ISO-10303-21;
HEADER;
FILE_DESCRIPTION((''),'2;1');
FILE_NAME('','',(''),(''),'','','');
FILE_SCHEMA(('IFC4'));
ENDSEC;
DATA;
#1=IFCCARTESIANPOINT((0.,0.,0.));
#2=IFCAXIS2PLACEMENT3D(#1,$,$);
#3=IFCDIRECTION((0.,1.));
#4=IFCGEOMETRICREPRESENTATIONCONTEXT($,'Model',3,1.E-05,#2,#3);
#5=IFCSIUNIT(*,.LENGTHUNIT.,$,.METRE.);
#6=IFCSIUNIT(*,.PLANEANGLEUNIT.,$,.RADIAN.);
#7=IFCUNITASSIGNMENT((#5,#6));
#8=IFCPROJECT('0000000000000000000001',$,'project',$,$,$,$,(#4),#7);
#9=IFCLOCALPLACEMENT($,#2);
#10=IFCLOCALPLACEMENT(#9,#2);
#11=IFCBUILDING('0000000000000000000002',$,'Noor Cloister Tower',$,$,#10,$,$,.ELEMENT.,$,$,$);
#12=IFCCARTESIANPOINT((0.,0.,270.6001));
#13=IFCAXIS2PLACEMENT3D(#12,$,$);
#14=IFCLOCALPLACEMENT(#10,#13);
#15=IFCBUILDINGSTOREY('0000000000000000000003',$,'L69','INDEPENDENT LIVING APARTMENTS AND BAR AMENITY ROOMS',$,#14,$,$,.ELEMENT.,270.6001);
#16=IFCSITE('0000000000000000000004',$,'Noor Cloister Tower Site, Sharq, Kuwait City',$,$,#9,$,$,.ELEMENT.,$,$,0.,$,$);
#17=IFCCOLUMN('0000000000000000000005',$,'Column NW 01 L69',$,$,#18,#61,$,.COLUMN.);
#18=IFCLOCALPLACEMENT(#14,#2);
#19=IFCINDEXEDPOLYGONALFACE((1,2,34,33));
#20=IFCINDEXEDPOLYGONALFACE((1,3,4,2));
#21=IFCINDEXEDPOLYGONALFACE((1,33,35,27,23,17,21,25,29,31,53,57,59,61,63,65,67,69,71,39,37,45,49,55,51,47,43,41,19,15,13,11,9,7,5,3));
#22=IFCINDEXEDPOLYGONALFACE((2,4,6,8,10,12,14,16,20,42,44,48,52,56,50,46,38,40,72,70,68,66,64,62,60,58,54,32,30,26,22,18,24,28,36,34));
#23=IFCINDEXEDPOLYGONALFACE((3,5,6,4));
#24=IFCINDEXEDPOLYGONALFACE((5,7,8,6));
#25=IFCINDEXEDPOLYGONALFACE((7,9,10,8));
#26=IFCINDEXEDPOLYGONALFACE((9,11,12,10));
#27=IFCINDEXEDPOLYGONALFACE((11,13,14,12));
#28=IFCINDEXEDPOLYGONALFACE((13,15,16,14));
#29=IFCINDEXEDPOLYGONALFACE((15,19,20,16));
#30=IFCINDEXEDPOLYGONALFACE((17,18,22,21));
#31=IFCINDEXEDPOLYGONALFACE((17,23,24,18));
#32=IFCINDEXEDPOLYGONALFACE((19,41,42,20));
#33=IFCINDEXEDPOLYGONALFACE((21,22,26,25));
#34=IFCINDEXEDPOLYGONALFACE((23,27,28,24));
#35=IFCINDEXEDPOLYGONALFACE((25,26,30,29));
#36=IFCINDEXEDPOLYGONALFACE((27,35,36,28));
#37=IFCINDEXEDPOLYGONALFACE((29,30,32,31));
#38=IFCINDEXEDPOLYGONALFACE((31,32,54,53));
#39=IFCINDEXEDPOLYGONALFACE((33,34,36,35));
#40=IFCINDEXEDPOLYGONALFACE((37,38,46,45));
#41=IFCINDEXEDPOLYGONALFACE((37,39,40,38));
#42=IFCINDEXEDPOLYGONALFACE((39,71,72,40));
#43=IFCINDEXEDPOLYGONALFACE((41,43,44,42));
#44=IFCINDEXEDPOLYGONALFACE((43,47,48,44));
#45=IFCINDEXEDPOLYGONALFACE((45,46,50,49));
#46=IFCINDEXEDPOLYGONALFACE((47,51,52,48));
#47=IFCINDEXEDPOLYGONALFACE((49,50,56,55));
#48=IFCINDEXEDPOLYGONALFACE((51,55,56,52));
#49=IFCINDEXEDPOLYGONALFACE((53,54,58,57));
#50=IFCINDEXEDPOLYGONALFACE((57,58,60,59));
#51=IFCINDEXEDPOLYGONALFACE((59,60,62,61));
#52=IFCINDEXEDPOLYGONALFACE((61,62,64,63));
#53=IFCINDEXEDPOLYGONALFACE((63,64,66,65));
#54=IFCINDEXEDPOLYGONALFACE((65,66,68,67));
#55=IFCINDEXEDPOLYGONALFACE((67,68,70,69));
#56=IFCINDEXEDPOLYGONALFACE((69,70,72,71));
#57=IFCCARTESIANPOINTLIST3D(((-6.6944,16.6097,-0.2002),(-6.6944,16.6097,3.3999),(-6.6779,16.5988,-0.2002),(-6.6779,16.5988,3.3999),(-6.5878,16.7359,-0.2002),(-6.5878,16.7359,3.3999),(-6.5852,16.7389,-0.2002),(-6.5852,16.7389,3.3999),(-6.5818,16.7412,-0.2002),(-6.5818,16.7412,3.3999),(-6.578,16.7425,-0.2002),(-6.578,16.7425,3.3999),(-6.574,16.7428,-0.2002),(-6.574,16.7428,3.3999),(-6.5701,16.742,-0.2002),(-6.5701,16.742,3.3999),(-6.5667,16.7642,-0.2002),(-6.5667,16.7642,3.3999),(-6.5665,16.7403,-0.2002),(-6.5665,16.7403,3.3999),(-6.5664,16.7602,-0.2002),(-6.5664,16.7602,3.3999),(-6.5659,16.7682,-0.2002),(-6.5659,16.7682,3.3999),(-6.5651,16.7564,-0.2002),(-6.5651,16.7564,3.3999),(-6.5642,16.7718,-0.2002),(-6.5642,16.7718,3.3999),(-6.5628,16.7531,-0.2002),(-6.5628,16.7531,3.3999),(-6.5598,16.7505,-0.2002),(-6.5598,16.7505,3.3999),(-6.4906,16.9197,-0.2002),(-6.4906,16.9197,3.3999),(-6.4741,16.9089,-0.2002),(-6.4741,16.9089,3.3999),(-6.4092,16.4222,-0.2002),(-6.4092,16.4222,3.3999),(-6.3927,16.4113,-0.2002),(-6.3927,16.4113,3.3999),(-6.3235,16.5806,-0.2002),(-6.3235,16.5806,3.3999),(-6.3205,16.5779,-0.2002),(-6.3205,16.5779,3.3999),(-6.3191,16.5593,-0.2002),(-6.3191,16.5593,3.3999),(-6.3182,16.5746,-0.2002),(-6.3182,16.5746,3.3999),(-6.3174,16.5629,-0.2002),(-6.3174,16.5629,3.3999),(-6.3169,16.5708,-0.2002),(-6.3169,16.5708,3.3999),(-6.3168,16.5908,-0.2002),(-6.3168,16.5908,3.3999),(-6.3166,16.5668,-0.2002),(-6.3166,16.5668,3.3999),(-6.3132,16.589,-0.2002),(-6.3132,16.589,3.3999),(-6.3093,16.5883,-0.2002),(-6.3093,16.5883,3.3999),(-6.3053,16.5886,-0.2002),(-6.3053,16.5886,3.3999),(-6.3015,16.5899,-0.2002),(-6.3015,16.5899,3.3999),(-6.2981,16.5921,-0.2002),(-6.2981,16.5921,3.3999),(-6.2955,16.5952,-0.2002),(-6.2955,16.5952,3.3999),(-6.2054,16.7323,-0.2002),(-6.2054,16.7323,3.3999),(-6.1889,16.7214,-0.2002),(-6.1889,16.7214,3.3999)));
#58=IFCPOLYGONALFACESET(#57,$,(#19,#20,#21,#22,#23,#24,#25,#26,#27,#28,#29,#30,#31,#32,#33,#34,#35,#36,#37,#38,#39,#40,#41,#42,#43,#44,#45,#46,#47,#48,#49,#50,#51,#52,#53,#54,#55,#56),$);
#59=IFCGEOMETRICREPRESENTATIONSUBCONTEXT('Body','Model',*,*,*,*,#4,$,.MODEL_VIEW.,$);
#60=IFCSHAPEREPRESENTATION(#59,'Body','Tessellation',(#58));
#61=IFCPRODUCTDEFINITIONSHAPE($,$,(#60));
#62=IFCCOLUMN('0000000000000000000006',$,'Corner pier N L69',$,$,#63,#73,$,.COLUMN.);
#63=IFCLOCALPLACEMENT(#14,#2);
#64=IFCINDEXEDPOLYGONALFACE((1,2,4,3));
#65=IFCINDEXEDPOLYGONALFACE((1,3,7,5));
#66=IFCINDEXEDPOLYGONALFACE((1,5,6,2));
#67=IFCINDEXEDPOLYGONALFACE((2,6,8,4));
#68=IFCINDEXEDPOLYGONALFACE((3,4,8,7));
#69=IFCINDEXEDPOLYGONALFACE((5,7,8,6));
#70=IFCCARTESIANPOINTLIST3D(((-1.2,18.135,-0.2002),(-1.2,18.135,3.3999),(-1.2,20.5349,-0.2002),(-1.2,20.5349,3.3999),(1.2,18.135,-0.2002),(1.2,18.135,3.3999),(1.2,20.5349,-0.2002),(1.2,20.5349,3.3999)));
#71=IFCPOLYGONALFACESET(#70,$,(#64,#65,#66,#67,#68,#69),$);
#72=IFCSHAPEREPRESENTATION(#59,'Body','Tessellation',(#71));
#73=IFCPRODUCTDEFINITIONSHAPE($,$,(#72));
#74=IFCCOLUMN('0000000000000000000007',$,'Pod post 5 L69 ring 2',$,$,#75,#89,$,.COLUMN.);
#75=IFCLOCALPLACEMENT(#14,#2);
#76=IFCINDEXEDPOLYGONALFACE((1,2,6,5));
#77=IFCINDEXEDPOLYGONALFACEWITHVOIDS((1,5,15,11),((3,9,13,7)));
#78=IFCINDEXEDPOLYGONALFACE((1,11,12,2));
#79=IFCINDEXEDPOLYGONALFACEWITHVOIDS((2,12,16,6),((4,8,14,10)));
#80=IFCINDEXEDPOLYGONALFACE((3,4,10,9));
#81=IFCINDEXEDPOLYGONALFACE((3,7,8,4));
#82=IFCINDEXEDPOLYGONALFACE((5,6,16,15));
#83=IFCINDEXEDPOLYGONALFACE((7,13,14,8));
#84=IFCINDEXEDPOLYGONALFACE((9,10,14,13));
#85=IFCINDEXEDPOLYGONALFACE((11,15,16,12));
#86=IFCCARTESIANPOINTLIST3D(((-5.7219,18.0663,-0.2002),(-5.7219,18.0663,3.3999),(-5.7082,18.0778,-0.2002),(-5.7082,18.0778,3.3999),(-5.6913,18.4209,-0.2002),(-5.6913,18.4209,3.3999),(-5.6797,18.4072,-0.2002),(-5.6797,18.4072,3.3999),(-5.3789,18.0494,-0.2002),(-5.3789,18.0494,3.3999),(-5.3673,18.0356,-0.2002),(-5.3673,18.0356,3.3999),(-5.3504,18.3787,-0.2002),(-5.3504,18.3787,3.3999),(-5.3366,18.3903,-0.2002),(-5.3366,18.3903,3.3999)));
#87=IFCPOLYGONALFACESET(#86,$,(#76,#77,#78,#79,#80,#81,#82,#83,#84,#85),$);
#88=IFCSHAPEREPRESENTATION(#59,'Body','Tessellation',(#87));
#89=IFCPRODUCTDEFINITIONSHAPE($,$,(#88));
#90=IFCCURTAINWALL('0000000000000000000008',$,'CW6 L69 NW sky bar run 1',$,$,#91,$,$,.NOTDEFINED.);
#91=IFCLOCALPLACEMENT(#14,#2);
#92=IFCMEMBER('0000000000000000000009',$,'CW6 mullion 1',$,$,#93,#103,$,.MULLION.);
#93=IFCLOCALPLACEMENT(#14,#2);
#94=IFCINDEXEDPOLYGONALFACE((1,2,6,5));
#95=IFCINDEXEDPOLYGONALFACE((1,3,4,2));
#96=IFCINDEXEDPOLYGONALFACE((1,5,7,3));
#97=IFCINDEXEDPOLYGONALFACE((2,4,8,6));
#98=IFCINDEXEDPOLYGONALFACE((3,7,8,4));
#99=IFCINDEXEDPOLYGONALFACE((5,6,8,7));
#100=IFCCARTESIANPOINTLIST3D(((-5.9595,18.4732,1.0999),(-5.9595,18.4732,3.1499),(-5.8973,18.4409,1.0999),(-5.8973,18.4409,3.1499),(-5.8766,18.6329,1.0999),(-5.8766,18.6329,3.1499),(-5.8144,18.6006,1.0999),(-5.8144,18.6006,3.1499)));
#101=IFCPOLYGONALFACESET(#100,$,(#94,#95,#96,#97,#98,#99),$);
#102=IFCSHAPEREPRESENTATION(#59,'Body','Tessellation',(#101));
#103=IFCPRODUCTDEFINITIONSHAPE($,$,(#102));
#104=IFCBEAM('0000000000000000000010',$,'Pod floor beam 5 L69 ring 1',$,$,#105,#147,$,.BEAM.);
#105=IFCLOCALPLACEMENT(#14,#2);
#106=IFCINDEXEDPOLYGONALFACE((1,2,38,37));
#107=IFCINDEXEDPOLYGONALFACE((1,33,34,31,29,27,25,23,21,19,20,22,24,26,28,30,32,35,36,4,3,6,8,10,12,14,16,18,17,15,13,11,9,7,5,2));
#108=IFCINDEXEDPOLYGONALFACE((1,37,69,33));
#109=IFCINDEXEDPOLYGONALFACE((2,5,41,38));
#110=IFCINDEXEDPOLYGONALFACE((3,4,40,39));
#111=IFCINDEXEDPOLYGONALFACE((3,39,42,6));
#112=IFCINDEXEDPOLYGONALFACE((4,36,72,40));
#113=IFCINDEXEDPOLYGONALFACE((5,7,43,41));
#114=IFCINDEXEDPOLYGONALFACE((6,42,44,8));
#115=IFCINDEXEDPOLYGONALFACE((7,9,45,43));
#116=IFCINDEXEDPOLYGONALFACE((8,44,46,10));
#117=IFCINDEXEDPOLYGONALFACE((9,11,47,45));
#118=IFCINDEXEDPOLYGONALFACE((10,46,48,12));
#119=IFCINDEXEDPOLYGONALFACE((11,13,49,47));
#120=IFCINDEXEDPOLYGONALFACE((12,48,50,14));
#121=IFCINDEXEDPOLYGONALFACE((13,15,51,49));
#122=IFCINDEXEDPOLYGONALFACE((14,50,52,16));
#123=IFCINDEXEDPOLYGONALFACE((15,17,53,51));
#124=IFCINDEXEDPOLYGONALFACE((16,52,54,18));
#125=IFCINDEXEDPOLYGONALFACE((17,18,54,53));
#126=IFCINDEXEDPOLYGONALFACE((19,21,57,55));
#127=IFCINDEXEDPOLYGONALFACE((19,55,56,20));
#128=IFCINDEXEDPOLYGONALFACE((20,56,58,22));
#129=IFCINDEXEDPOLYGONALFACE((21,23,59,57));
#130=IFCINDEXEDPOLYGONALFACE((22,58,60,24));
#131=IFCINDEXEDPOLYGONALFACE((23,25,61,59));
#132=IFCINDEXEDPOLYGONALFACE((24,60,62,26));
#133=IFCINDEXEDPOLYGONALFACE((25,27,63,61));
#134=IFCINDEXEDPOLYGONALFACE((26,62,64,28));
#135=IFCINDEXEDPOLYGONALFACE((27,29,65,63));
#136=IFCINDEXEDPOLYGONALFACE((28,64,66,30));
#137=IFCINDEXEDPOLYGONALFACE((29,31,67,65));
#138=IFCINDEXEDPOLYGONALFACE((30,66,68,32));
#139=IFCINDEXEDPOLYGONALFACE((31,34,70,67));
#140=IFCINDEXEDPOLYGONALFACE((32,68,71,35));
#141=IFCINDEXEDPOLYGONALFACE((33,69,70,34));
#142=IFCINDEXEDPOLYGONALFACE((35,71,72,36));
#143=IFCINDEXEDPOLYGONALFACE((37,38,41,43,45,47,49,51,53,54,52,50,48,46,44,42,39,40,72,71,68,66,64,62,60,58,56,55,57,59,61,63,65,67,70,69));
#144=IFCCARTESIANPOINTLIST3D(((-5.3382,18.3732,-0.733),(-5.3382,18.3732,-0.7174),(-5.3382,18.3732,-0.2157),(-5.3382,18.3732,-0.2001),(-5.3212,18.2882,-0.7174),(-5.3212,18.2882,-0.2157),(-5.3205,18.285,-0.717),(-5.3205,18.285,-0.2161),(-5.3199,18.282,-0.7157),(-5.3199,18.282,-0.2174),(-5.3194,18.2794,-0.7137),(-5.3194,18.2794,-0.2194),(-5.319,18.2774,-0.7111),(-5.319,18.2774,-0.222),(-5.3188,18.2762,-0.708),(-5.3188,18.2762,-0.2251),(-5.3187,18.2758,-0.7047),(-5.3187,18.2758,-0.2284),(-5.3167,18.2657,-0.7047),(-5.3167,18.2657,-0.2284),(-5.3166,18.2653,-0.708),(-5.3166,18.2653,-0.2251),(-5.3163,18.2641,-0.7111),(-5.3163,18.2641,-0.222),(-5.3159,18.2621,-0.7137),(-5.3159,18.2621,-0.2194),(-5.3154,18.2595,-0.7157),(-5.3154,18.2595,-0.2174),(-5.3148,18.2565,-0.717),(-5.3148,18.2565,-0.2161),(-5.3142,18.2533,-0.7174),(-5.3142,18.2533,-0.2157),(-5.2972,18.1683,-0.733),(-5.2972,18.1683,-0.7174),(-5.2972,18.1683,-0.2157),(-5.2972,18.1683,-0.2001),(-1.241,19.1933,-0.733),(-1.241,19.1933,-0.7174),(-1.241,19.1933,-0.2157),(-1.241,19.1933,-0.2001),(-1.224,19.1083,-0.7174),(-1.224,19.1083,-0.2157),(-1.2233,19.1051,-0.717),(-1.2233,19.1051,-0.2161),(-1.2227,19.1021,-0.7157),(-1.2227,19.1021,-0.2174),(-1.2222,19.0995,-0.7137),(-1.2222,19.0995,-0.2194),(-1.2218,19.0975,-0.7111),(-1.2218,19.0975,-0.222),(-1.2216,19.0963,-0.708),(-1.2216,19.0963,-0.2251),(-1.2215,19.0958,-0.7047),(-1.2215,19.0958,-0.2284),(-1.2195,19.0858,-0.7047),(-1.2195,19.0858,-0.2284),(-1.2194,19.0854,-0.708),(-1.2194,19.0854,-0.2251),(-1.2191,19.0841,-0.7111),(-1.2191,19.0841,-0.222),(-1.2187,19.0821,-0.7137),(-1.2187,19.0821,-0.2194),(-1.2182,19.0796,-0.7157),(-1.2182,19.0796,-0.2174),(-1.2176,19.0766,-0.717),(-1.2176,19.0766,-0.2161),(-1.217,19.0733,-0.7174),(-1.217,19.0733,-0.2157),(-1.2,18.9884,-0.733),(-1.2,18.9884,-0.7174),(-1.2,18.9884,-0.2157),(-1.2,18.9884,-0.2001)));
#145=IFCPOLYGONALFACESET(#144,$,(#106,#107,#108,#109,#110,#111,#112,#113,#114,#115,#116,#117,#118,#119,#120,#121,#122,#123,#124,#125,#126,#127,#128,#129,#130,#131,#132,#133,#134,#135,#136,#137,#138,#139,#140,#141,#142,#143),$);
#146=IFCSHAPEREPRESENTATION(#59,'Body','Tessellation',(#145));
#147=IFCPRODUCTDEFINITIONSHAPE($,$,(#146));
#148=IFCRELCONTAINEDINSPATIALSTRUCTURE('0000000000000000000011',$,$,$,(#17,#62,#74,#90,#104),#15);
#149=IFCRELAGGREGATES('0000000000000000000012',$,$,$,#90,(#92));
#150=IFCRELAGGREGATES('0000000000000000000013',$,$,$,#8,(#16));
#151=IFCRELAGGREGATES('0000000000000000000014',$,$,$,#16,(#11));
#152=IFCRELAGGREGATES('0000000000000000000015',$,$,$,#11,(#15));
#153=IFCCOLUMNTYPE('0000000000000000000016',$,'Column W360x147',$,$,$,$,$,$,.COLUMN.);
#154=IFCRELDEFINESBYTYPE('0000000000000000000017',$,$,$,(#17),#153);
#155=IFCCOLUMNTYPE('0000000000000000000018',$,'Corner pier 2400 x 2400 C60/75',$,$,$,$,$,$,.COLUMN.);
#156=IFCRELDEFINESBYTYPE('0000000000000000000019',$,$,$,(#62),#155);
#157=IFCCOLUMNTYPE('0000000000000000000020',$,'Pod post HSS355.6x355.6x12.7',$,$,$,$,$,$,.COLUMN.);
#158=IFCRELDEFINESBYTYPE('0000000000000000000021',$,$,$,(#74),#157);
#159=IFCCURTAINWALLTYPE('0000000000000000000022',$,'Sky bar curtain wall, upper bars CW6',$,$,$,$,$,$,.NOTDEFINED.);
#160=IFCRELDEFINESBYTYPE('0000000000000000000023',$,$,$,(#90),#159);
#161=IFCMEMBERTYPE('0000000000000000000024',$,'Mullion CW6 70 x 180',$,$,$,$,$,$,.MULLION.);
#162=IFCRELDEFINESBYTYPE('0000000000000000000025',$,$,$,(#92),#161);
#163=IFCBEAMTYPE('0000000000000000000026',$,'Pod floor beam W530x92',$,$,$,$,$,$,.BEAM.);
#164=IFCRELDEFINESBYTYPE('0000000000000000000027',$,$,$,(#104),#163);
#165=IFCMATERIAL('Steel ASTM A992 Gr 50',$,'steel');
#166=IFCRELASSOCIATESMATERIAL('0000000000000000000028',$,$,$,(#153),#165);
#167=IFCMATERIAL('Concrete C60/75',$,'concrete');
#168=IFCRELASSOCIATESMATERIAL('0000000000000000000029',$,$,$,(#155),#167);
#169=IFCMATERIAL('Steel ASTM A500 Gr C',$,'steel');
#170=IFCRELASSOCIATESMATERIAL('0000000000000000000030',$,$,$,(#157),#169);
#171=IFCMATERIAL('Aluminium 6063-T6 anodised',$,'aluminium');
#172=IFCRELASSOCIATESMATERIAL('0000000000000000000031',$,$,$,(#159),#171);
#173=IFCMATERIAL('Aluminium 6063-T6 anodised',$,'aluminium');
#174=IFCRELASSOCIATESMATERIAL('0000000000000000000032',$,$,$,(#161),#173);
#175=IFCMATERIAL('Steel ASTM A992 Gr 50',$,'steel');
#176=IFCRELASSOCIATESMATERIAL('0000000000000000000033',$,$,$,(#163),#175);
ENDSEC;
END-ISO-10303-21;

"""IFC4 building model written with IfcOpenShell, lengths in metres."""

from ifc_helpers import new_model, si_unit, direction, frame, origin, origin_2d, place, context, subcontext, project, spatial, rectangle, hollow_rectangle, i_section, extrude, material, material_profile, profile_set, type_object, element, aggregate, save


model = new_model("IFC4")

# Units and contexts
model_context = context("Model", 3, precision=1e-05, world=origin(), true_north=direction((0.0, 1.0)))
body_context = subcontext(model_context, "Body", "Model", "MODEL_VIEW")
ifc_project = project(units=[si_unit("LENGTHUNIT", "METRE"), si_unit("PLANEANGLEUNIT", "RADIAN")], contexts=[model_context])

# Site, building, storey
site_placement = place(None, origin())
site = spatial("IfcSite", under=ifc_project, at=site_placement, Name="Noor Cloister Tower Site, Sharq, Kuwait City", CompositionType="ELEMENT", RefElevation=0.0)
building_placement = place(site_placement, origin())
building = spatial("IfcBuilding", under=site, at=building_placement, Name="Noor Cloister Tower", CompositionType="ELEMENT")
storey_placement = place(building_placement, frame((0.0, 0.0, 270.6001)))
storey = spatial("IfcBuildingStorey", under=building, at=storey_placement, Name="L69", Description="INDEPENDENT LIVING APARTMENTS AND BAR AMENITY ROOMS", CompositionType="ELEMENT", Elevation=270.6001)

# Columns
ifc_material_1 = material(Name="Steel ASTM A992 Gr 50", Category="steel")
ifc_material_profile_1 = material_profile(ifc_material_1, i_section(OverallWidth=0.3711, OverallDepth=0.3611, WebThickness=0.0122, FlangeThickness=0.0198, FilletRadius=0.0154, at=origin_2d()), Name="W360x147")
ifc_profile_set_1 = profile_set([ifc_material_profile_1], Name="Steel ASTM A992 Gr 50")
column_type_1 = type_object("IfcColumnType", Name="Column W360x147", PredefinedType="COLUMN", material=ifc_profile_set_1)
column_1_placement = place(storey_placement, frame((-6.4417, 16.6655, -0.2002), z_axis=(0.0, 0.0, 1.0), x_axis=(-0.549345, -0.835596, 0.0)))
element("IfcColumn", 1, at=column_1_placement, inside=storey, type_object=column_type_1, Name="Column NW 01 L69", PredefinedType="COLUMN", context=body_context, shape_type="SweptSolid", body=[
    extrude(i_section(OverallWidth=0.3711, OverallDepth=0.3611, WebThickness=0.0122, FlangeThickness=0.0198, FilletRadius=0.0154, at=origin_2d()), origin(), (0.0, 0.0, 1.0), 3.6001),
])
ifc_material_2 = material(Name="Concrete C60/75", Category="concrete")
ifc_material_profile_2 = material_profile(ifc_material_2, rectangle(XDim=2.3999, YDim=2.3999, at=origin_2d()), Name="RC 2400x2400")
ifc_profile_set_2 = profile_set([ifc_material_profile_2], Name="Concrete C60/75")
column_type_2 = type_object("IfcColumnType", Name="Corner pier 2400 x 2400 C60/75", PredefinedType="COLUMN", material=ifc_profile_set_2)
column_2_placement = place(storey_placement, frame((0.0, 19.335, -0.2002), z_axis=(0.0, 0.0, 1.0), x_axis=(0.0, 1.0, 0.0)))
element("IfcColumn", 2, at=column_2_placement, inside=storey, type_object=column_type_2, Name="Corner pier N L69", PredefinedType="COLUMN", context=body_context, shape_type="SweptSolid", body=[
    extrude(rectangle(XDim=2.3999, YDim=2.3999, at=origin_2d()), origin(), (0.0, 0.0, 1.0), 3.6001),
])
ifc_material_3 = material(Name="Steel ASTM A500 Gr C", Category="steel")
ifc_material_profile_3 = material_profile(ifc_material_3, hollow_rectangle(XDim=0.356, YDim=0.356, WallThickness=0.0127, at=origin_2d()), Name="HSS355.6x355.6x12.7")
ifc_profile_set_3 = profile_set([ifc_material_profile_3], Name="Steel ASTM A500 Gr C")
column_type_3 = type_object("IfcColumnType", Name="Pod post HSS355.6x355.6x12.7", PredefinedType="COLUMN", material=ifc_profile_set_3)
column_3_placement = place(storey_placement, frame((-5.5293, 18.2283, -0.2002), z_axis=(0.0, 0.0, 1.0), x_axis=(-0.996284, 0.086134, 0.0)))
element("IfcColumn", 3, at=column_3_placement, inside=storey, type_object=column_type_3, Name="Pod post 5 L69 ring 2", PredefinedType="COLUMN", context=body_context, shape_type="SweptSolid", body=[
    extrude(hollow_rectangle(XDim=0.356, YDim=0.356, WallThickness=0.0127, at=origin_2d()), origin(), (0.0, 0.0, 1.0), 3.6001),
])

# Curtain wall, member
ifc_material_4 = material(Name="Aluminium 6063-T6 anodised", Category="aluminium")
curtain_wall_type = type_object("IfcCurtainWallType", Name="Sky bar curtain wall, upper bars CW6", PredefinedType="NOTDEFINED", material=ifc_material_4)
curtain_wall_placement = place(storey_placement, origin())
curtain_wall = element("IfcCurtainWall", 4, at=curtain_wall_placement, inside=storey, type_object=curtain_wall_type, Name="CW6 L69 NW sky bar run 1", PredefinedType="NOTDEFINED")
ifc_material_5 = material(Name="Aluminium 6063-T6 anodised", Category="aluminium")
ifc_material_profile_4 = material_profile(ifc_material_5, rectangle(XDim=0.1799, YDim=0.0701, at=origin_2d()), Name="180 x 70 mullion")
ifc_profile_set_4 = profile_set([ifc_material_profile_4], Name="Aluminium 6063-T6 anodised")
member_type = type_object("IfcMemberType", Name="Mullion CW6 70 x 180", PredefinedType="MULLION", material=ifc_profile_set_4)
member_placement = place(storey_placement, frame((-5.887, 18.5369, 1.0999), z_axis=(0.0, 0.0, 1.0), x_axis=(-0.460812, -0.887498, 0.0)))
member = element("IfcMember", 5, at=member_placement, type_object=member_type, Name="CW6 mullion 1", PredefinedType="MULLION", context=body_context, shape_type="SweptSolid", body=[
    extrude(rectangle(XDim=0.1799, YDim=0.0701, at=origin_2d()), origin(), (0.0, 0.0, 1.0), 2.05),
])
aggregate(curtain_wall, [member])

# Beam
ifc_material_6 = material(Name="Steel ASTM A992 Gr 50", Category="steel")
ifc_material_profile_5 = material_profile(ifc_material_6, i_section(OverallWidth=0.209, OverallDepth=0.533, WebThickness=0.0103, FlangeThickness=0.0156, FilletRadius=0.0127, at=origin_2d()), Name="W530x92")
ifc_profile_set_5 = profile_set([ifc_material_profile_5], Name="Steel ASTM A992 Gr 50")
beam_type = type_object("IfcBeamType", Name="Pod floor beam W530x92", PredefinedType="BEAM", material=ifc_profile_set_5)
beam_1_placement = place(storey_placement, frame((-1.2205, 19.0908, -0.4666), z_axis=(-0.980551, -0.196262, 0.0), x_axis=(0.196262, -0.980551, 0.0)))
element("IfcBeam", 6, at=beam_1_placement, inside=storey, type_object=beam_type, Name="Pod floor beam 5 L69 ring 1", PredefinedType="BEAM", context=body_context, shape_type="SweptSolid", body=[
    extrude(i_section(OverallWidth=0.209, OverallDepth=0.533, WebThickness=0.0103, FlangeThickness=0.0156, FilletRadius=0.0127, at=origin_2d()), origin(), (0.0, 0.0, 1.0), 4.1785),
])

save(model, "model.ifc")
